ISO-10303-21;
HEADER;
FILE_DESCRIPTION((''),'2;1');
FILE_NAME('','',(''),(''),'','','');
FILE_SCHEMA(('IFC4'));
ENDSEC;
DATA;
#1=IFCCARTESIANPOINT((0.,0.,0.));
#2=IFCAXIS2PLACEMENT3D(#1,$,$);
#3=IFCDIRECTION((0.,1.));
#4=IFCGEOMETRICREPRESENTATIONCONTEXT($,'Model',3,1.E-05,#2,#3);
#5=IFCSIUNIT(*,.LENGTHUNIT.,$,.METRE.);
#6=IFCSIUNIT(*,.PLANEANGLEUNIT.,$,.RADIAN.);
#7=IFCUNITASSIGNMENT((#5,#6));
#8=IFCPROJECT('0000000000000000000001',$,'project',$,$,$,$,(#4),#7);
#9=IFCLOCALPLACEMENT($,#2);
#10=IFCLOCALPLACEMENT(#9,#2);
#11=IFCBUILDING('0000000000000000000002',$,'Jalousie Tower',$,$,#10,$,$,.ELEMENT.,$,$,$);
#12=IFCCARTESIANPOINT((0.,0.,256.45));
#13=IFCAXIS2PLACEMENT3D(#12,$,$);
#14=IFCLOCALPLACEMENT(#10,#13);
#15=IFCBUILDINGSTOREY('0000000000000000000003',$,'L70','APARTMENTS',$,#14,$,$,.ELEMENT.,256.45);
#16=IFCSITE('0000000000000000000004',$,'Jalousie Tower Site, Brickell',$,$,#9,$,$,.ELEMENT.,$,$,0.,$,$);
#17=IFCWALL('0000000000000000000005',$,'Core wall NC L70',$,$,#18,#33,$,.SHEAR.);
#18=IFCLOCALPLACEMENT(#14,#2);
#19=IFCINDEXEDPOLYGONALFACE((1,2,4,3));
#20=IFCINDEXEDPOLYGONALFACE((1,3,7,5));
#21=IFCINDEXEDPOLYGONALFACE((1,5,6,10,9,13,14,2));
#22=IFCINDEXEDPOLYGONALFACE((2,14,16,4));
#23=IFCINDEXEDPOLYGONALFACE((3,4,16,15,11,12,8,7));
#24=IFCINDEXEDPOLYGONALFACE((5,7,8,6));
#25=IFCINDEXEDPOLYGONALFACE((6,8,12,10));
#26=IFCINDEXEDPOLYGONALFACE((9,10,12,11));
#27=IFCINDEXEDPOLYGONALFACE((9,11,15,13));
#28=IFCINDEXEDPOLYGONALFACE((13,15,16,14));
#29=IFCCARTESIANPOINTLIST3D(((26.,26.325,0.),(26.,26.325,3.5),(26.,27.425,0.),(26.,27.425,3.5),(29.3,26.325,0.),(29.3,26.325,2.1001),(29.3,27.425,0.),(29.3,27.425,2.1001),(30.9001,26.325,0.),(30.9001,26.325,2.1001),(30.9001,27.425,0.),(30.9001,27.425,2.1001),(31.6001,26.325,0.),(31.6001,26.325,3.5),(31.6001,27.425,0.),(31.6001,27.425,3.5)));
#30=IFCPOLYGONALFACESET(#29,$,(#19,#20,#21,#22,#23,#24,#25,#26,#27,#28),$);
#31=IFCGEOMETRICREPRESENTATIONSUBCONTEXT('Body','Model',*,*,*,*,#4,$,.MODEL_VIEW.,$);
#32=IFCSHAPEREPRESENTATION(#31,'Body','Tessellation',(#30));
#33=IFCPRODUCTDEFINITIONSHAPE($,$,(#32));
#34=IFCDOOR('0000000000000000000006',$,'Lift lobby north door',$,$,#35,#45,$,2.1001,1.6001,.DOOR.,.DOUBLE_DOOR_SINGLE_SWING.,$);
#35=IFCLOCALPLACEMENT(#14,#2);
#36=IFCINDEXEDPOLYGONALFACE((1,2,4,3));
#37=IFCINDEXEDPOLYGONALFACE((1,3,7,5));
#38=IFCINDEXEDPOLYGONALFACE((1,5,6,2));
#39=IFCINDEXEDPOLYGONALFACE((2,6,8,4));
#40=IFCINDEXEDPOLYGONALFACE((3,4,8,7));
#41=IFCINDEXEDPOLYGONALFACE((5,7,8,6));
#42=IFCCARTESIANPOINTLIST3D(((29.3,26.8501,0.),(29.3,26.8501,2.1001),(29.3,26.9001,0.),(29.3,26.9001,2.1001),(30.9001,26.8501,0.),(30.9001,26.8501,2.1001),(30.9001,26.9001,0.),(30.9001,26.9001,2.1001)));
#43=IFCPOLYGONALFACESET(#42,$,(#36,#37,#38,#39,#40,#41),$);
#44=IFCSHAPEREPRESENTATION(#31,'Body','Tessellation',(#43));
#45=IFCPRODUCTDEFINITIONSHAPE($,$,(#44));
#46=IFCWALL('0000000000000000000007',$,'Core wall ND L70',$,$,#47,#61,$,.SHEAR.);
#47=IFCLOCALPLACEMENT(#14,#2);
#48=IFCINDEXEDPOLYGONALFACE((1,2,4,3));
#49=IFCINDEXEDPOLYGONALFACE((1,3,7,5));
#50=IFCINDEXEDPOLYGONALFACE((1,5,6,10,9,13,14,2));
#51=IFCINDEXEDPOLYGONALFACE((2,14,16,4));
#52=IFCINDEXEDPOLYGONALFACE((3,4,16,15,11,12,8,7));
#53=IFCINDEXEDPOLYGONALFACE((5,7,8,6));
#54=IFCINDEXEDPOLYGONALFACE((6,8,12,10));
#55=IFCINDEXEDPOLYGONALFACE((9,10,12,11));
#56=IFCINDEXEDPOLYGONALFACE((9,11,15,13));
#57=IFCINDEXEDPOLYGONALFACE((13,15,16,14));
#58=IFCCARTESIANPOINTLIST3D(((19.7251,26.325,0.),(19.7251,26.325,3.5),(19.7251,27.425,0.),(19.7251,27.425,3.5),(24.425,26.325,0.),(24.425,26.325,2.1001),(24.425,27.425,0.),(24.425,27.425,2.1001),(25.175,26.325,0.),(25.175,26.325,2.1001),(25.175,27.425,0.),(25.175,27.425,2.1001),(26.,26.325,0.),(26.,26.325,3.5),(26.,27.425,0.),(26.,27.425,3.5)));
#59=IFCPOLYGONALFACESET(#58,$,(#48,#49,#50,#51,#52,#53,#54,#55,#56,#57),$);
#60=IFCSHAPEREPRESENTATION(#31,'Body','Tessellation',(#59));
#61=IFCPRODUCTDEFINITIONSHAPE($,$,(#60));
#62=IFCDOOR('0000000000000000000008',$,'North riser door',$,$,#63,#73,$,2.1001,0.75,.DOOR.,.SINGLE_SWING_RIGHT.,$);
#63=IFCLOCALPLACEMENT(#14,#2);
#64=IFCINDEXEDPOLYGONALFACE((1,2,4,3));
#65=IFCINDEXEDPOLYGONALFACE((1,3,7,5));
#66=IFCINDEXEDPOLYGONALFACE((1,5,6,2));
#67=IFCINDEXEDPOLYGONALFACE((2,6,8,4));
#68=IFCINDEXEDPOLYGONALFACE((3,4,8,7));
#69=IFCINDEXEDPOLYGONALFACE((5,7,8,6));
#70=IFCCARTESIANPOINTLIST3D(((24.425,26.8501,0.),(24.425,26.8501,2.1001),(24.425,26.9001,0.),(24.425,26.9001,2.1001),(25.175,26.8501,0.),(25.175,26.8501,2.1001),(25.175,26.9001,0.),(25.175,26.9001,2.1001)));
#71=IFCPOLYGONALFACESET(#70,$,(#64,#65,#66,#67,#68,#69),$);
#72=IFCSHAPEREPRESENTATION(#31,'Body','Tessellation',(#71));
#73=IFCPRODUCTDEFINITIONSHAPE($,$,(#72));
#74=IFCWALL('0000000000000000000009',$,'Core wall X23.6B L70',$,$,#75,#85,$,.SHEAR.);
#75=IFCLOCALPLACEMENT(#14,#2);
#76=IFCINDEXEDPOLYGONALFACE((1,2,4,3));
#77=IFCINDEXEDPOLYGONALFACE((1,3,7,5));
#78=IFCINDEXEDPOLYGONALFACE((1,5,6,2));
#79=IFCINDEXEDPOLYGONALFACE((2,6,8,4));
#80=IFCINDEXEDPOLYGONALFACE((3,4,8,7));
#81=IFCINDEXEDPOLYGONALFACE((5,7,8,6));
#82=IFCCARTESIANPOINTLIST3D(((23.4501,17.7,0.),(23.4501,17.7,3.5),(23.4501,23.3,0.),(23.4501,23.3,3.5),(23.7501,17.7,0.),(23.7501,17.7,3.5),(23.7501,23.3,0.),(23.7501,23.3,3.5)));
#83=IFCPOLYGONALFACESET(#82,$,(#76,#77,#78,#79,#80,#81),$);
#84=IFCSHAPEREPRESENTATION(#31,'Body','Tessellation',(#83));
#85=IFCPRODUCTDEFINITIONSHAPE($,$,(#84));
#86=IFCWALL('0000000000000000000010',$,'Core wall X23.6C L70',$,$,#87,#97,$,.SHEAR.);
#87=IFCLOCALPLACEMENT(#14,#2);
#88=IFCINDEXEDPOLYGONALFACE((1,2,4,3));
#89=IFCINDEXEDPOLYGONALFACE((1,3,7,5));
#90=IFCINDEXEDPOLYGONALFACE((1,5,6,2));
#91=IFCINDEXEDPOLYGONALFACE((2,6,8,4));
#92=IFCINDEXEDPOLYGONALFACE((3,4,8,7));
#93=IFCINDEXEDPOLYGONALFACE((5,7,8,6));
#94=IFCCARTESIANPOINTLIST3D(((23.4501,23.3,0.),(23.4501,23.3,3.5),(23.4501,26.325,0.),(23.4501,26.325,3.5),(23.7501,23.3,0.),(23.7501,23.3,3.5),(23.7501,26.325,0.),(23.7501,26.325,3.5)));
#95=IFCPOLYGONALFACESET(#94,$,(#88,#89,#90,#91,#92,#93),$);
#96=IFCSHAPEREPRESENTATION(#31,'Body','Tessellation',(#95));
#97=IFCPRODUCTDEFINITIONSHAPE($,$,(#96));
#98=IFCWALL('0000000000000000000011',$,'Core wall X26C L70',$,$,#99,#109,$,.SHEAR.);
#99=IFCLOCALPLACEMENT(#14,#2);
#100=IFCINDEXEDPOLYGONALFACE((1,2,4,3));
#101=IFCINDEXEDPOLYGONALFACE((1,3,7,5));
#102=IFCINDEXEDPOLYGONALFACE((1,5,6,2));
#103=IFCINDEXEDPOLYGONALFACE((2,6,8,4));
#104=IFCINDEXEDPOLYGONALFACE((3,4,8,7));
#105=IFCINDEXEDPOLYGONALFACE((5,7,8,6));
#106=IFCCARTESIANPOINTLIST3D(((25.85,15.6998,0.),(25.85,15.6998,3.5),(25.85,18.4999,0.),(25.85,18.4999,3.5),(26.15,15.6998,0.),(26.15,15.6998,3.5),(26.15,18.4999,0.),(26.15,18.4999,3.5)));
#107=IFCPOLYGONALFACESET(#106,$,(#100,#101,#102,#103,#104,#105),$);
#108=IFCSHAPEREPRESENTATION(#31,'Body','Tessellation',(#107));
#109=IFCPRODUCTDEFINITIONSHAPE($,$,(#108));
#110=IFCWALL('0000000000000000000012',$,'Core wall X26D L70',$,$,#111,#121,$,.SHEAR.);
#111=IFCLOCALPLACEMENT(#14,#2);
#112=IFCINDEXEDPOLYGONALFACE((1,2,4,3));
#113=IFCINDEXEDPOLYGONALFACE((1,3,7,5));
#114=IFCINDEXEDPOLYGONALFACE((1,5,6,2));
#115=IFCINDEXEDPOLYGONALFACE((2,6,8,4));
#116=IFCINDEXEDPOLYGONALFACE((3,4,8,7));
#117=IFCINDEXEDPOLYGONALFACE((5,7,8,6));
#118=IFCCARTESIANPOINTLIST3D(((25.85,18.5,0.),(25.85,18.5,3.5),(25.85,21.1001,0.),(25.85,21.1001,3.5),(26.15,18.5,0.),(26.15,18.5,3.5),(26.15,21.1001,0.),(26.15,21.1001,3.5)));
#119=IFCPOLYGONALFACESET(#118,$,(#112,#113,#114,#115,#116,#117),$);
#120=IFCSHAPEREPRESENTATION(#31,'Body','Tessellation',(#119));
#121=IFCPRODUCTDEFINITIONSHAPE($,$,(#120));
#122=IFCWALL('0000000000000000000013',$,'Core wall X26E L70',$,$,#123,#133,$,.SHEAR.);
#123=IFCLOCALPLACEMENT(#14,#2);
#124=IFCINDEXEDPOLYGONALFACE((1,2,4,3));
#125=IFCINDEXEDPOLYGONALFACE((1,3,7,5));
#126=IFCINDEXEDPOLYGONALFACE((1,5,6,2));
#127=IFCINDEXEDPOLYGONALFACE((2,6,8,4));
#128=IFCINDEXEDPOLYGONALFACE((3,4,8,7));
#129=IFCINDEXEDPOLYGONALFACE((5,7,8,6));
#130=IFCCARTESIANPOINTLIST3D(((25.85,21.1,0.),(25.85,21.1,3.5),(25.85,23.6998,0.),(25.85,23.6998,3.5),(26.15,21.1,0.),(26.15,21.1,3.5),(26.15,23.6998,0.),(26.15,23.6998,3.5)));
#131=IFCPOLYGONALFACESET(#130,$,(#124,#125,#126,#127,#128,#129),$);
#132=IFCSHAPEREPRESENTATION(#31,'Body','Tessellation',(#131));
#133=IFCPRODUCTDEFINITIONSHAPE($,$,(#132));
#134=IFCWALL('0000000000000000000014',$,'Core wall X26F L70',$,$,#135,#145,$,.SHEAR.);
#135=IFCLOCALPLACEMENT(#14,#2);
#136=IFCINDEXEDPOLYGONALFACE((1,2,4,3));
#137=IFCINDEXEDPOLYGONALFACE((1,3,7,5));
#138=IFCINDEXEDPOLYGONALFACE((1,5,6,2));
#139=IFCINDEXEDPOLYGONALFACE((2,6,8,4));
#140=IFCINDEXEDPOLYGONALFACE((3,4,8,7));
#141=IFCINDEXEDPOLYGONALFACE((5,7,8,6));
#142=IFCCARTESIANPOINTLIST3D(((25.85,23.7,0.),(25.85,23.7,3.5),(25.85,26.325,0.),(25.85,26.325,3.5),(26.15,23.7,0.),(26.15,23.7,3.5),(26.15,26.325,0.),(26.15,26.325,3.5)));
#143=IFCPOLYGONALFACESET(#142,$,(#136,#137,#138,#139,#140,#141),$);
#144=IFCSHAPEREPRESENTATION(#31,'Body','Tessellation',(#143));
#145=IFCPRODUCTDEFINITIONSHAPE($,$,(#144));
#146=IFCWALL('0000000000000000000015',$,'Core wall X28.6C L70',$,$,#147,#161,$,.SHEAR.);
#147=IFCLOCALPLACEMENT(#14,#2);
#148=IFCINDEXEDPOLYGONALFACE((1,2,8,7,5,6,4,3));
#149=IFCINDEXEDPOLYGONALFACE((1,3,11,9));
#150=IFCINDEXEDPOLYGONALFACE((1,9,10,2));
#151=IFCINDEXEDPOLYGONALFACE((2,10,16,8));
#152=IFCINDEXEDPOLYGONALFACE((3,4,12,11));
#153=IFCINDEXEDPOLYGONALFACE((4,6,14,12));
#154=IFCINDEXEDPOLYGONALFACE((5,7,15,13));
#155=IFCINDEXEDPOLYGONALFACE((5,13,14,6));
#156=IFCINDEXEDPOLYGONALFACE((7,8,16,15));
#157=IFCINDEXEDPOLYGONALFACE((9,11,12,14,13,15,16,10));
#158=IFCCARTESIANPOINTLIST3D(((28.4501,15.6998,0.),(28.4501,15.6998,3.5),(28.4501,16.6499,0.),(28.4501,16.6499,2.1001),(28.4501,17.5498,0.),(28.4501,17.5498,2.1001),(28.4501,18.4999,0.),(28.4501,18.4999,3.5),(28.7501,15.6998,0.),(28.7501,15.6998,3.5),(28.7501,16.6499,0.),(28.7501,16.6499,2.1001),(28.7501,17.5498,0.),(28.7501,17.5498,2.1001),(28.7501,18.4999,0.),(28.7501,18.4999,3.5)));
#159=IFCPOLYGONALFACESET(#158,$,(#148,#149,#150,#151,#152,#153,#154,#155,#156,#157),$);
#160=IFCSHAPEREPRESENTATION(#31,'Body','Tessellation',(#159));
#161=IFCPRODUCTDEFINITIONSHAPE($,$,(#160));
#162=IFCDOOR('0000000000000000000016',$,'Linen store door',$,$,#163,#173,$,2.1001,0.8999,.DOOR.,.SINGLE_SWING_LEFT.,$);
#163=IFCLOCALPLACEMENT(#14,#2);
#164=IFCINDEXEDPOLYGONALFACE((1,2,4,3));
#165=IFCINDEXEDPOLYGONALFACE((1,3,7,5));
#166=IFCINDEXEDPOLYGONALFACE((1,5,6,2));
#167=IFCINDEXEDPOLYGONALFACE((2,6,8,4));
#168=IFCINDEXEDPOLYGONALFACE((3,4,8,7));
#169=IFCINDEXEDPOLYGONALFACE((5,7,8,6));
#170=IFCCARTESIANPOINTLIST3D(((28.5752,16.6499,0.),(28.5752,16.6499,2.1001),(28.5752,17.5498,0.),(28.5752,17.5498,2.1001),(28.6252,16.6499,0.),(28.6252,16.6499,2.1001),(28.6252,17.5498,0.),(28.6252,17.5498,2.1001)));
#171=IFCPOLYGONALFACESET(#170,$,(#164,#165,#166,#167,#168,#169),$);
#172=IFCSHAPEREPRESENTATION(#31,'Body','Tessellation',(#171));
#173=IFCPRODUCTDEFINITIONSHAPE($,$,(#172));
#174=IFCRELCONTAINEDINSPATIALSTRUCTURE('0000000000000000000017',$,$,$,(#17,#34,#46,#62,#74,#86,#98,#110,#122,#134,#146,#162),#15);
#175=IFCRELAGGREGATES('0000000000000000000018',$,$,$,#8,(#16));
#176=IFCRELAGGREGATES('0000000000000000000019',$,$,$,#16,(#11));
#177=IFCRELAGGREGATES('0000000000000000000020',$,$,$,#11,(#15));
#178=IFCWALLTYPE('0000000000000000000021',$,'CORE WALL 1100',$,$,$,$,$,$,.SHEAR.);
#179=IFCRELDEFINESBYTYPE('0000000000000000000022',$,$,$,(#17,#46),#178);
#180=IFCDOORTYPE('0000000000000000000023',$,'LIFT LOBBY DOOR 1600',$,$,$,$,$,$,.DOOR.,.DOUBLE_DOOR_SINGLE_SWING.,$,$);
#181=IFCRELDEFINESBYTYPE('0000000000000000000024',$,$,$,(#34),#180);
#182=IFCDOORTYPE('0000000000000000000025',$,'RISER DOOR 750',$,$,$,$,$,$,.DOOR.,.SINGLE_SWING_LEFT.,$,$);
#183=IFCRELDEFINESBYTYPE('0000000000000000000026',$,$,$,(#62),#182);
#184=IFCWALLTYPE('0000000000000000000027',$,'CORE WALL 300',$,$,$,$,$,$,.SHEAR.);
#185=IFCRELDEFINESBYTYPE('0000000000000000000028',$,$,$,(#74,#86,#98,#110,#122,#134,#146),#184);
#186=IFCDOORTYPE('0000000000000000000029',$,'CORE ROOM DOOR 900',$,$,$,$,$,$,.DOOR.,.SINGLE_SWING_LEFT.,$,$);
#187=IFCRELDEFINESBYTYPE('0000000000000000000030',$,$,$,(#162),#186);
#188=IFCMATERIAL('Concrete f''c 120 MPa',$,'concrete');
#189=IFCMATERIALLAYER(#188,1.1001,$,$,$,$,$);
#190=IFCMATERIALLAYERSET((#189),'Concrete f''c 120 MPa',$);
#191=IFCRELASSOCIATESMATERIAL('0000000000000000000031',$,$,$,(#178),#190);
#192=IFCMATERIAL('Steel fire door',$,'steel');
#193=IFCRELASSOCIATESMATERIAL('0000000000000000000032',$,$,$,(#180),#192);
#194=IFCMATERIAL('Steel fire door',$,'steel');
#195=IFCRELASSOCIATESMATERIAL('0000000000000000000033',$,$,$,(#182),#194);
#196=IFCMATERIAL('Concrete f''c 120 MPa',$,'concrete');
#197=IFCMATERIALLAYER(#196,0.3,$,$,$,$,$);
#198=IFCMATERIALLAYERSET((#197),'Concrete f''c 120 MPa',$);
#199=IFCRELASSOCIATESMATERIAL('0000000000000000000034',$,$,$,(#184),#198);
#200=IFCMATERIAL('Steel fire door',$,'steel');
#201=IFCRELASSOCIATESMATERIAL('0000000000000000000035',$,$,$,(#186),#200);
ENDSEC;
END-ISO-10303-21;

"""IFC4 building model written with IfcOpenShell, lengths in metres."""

from ifc_helpers import new_model, si_unit, direction, frame, frame_2d, origin, place, context, subcontext, project, spatial, rectangle, extrude, material, layer, layer_set, type_object, element, fill, save


model = new_model("IFC4")

# Units and contexts
model_context = context("Model", 3, precision=1e-05, world=origin(), true_north=direction((0.0, 1.0)))
body_context = subcontext(model_context, "Body", "Model", "MODEL_VIEW")
ifc_project = project(units=[si_unit("LENGTHUNIT", "METRE"), si_unit("PLANEANGLEUNIT", "RADIAN")], contexts=[model_context])

# Site, building, storey
site_placement = place(None, origin())
site = spatial("IfcSite", under=ifc_project, at=site_placement, Name="Jalousie Tower Site, Brickell", CompositionType="ELEMENT", RefElevation=0.0)
building_placement = place(site_placement, origin())
building = spatial("IfcBuilding", under=site, at=building_placement, Name="Jalousie Tower", CompositionType="ELEMENT")
storey_placement = place(building_placement, frame((0.0, 0.0, 256.45)))
storey = spatial("IfcBuildingStorey", under=building, at=storey_placement, Name="L70", Description="APARTMENTS", CompositionType="ELEMENT", Elevation=256.45)

# Walls, openings, doors
ifc_material_1 = material(Name="Concrete f'c 120 MPa", Category="concrete")
ifc_layer_1 = layer(ifc_material_1, 1.1001)
ifc_layer_set_1 = layer_set([ifc_layer_1], Name="Concrete f'c 120 MPa")
wall_type_1 = type_object("IfcWallType", Name="CORE WALL 1100", PredefinedType="SHEAR", material=ifc_layer_set_1)
wall_1_placement = place(storey_placement, frame((31.6001, 26.875, 0.0), z_axis=(0.0, 0.0, 1.0), x_axis=(-1.0, 0.0, 0.0)))
wall_1 = element("IfcWall", 1, at=wall_1_placement, inside=storey, type_object=wall_type_1, Name="Core wall NC L70", PredefinedType="SHEAR", context=body_context, shape_type="SweptSolid", body=[
    extrude(rectangle(XDim=5.6001, YDim=1.1001, at=frame_2d((2.8, 0.0))), origin(), (0.0, 0.0, 1.0), 3.5),
])
opening_1_placement = place(wall_1_placement, frame((0.7, 0.0, 0.0)))
opening_1 = element("IfcOpeningElement", 2, at=opening_1_placement, cuts=wall_1, PredefinedType="OPENING", context=body_context, shape_type="SweptSolid", body=[
    extrude(rectangle(XDim=1.6001, YDim=2.1001, at=frame_2d((0.8, 1.05))), frame((0.0, 0.5601, 0.0), z_axis=(0.0, -1.0, 0.0), x_axis=(1.0, 0.0, 0.0)), (0.0, 0.0, 1.0), 1.1201),
])
ifc_material_2 = material(Name="Steel fire door", Category="steel")
door_type_1 = type_object("IfcDoorType", Name="LIFT LOBBY DOOR 1600", OperationType="DOUBLE_DOOR_SINGLE_SWING", PredefinedType="DOOR", material=ifc_material_2)
door_1_placement = place(opening_1_placement, origin())
door_1 = element("IfcDoor", 3, at=door_1_placement, inside=storey, type_object=door_type_1, Name="Lift lobby north door", OperationType="DOUBLE_DOOR_SINGLE_SWING", OverallHeight=2.1001, OverallWidth=1.6001, PredefinedType="DOOR", context=body_context, shape_type="SweptSolid", body=[
    extrude(rectangle(XDim=1.6001, YDim=2.1001, at=frame_2d((0.8, 1.05))), frame((0.0, 0.0249, 0.0), z_axis=(0.0, -1.0, 0.0), x_axis=(1.0, 0.0, 0.0)), (0.0, 0.0, 1.0), 0.05),
])
fill(opening_1, door_1)
wall_2_placement = place(storey_placement, frame((26.0, 26.875, 0.0), z_axis=(0.0, 0.0, 1.0), x_axis=(-1.0, 0.0, 0.0)))
wall_2 = element("IfcWall", 4, at=wall_2_placement, inside=storey, type_object=wall_type_1, Name="Core wall ND L70", PredefinedType="SHEAR", context=body_context, shape_type="SweptSolid", body=[
    extrude(rectangle(XDim=6.2749, YDim=1.1001, at=frame_2d((3.1375, 0.0))), origin(), (0.0, 0.0, 1.0), 3.5),
])
opening_2_placement = place(wall_2_placement, frame((0.825, 0.0, 0.0)))
opening_2 = element("IfcOpeningElement", 5, at=opening_2_placement, cuts=wall_2, PredefinedType="OPENING", context=body_context, shape_type="SweptSolid", body=[
    extrude(rectangle(XDim=0.75, YDim=2.1001, at=frame_2d((0.375, 1.05))), frame((0.0, 0.5601, 0.0), z_axis=(0.0, -1.0, 0.0), x_axis=(1.0, 0.0, 0.0)), (0.0, 0.0, 1.0), 1.1201),
])
ifc_material_3 = material(Name="Steel fire door", Category="steel")
door_type_2 = type_object("IfcDoorType", Name="RISER DOOR 750", OperationType="SINGLE_SWING_LEFT", PredefinedType="DOOR", material=ifc_material_3)
door_2_placement = place(opening_2_placement, origin())
door_2 = element("IfcDoor", 6, at=door_2_placement, inside=storey, type_object=door_type_2, Name="North riser door", OperationType="SINGLE_SWING_RIGHT", OverallHeight=2.1001, OverallWidth=0.75, PredefinedType="DOOR", context=body_context, shape_type="SweptSolid", body=[
    extrude(rectangle(XDim=0.75, YDim=2.1001, at=frame_2d((0.375, 1.05))), frame((0.0, 0.0249, 0.0), z_axis=(0.0, -1.0, 0.0), x_axis=(1.0, 0.0, 0.0)), (0.0, 0.0, 1.0), 0.05),
])
fill(opening_2, door_2)

# Walls
ifc_material_4 = material(Name="Concrete f'c 120 MPa", Category="concrete")
ifc_layer_2 = layer(ifc_material_4, 0.3)
ifc_layer_set_2 = layer_set([ifc_layer_2], Name="Concrete f'c 120 MPa")
wall_type_2 = type_object("IfcWallType", Name="CORE WALL 300", PredefinedType="SHEAR", material=ifc_layer_set_2)
wall_3_placement = place(storey_placement, frame((23.6001, 17.7, 0.0), z_axis=(0.0, 0.0, 1.0), x_axis=(0.0, 1.0, 0.0)))
element("IfcWall", 7, at=wall_3_placement, inside=storey, type_object=wall_type_2, Name="Core wall X23.6B L70", PredefinedType="SHEAR", context=body_context, shape_type="SweptSolid", body=[
    extrude(rectangle(XDim=5.6001, YDim=0.3, at=frame_2d((2.8, 0.0))), origin(), (0.0, 0.0, 1.0), 3.5),
])
wall_4_placement = place(storey_placement, frame((23.6001, 23.3, 0.0), z_axis=(0.0, 0.0, 1.0), x_axis=(0.0, 1.0, 0.0)))
element("IfcWall", 8, at=wall_4_placement, inside=storey, type_object=wall_type_2, Name="Core wall X23.6C L70", PredefinedType="SHEAR", context=body_context, shape_type="SweptSolid", body=[
    extrude(rectangle(XDim=3.0249, YDim=0.3, at=frame_2d((1.5125, 0.0))), origin(), (0.0, 0.0, 1.0), 3.5),
])
wall_5_placement = place(storey_placement, frame((26.0, 15.7, 0.0), z_axis=(0.0, 0.0, 1.0), x_axis=(0.0, 1.0, 0.0)))
element("IfcWall", 9, at=wall_5_placement, inside=storey, type_object=wall_type_2, Name="Core wall X26C L70", PredefinedType="SHEAR", context=body_context, shape_type="SweptSolid", body=[
    extrude(rectangle(XDim=2.8, YDim=0.3, at=frame_2d((1.3999, 0.0))), origin(), (0.0, 0.0, 1.0), 3.5),
])
wall_6_placement = place(storey_placement, frame((26.0, 18.5, 0.0), z_axis=(0.0, 0.0, 1.0), x_axis=(0.0, 1.0, 0.0)))
element("IfcWall", 10, at=wall_6_placement, inside=storey, type_object=wall_type_2, Name="Core wall X26D L70", PredefinedType="SHEAR", context=body_context, shape_type="SweptSolid", body=[
    extrude(rectangle(XDim=2.6001, YDim=0.3, at=frame_2d((1.3, 0.0))), origin(), (0.0, 0.0, 1.0), 3.5),
])
wall_7_placement = place(storey_placement, frame((26.0, 21.1001, 0.0), z_axis=(0.0, 0.0, 1.0), x_axis=(0.0, 1.0, 0.0)))
element("IfcWall", 11, at=wall_7_placement, inside=storey, type_object=wall_type_2, Name="Core wall X26E L70", PredefinedType="SHEAR", context=body_context, shape_type="SweptSolid", body=[
    extrude(rectangle(XDim=2.5999, YDim=0.3, at=frame_2d((1.2998, 0.0))), origin(), (0.0, 0.0, 1.0), 3.5),
])
wall_8_placement = place(storey_placement, frame((26.0, 23.7, 0.0), z_axis=(0.0, 0.0, 1.0), x_axis=(0.0, 1.0, 0.0)))
element("IfcWall", 12, at=wall_8_placement, inside=storey, type_object=wall_type_2, Name="Core wall X26F L70", PredefinedType="SHEAR", context=body_context, shape_type="SweptSolid", body=[
    extrude(rectangle(XDim=2.625, YDim=0.3, at=frame_2d((1.3125, 0.0))), origin(), (0.0, 0.0, 1.0), 3.5),
])

# Wall, opening, door
wall_9_placement = place(storey_placement, frame((28.6001, 15.7, 0.0), z_axis=(0.0, 0.0, 1.0), x_axis=(0.0, 1.0, 0.0)))
wall_9 = element("IfcWall", 13, at=wall_9_placement, inside=storey, type_object=wall_type_2, Name="Core wall X28.6C L70", PredefinedType="SHEAR", context=body_context, shape_type="SweptSolid", body=[
    extrude(rectangle(XDim=2.8, YDim=0.3, at=frame_2d((1.3999, 0.0))), origin(), (0.0, 0.0, 1.0), 3.5),
])
opening_3_placement = place(wall_9_placement, frame((0.95, 0.0, 0.0)))
opening_3 = element("IfcOpeningElement", 14, at=opening_3_placement, cuts=wall_9, PredefinedType="OPENING", context=body_context, shape_type="SweptSolid", body=[
    extrude(rectangle(XDim=0.8999, YDim=2.1001, at=frame_2d((0.45, 1.05))), frame((0.0, 0.1599, 0.0), z_axis=(0.0, -1.0, 0.0), x_axis=(1.0, 0.0, 0.0)), (0.0, 0.0, 1.0), 0.3201),
])
ifc_material_5 = material(Name="Steel fire door", Category="steel")
door_type_3 = type_object("IfcDoorType", Name="CORE ROOM DOOR 900", OperationType="SINGLE_SWING_LEFT", PredefinedType="DOOR", material=ifc_material_5)
door_3_placement = place(opening_3_placement, origin())
door_3 = element("IfcDoor", 15, at=door_3_placement, inside=storey, type_object=door_type_3, Name="Linen store door", OperationType="SINGLE_SWING_LEFT", OverallHeight=2.1001, OverallWidth=0.8999, PredefinedType="DOOR", context=body_context, shape_type="SweptSolid", body=[
    extrude(rectangle(XDim=0.8999, YDim=2.1001, at=frame_2d((0.45, 1.05))), frame((0.0, 0.0249, 0.0), z_axis=(0.0, -1.0, 0.0), x_axis=(1.0, 0.0, 0.0)), (0.0, 0.0, 1.0), 0.05),
])
fill(opening_3, door_3)

save(model, "model.ifc")
